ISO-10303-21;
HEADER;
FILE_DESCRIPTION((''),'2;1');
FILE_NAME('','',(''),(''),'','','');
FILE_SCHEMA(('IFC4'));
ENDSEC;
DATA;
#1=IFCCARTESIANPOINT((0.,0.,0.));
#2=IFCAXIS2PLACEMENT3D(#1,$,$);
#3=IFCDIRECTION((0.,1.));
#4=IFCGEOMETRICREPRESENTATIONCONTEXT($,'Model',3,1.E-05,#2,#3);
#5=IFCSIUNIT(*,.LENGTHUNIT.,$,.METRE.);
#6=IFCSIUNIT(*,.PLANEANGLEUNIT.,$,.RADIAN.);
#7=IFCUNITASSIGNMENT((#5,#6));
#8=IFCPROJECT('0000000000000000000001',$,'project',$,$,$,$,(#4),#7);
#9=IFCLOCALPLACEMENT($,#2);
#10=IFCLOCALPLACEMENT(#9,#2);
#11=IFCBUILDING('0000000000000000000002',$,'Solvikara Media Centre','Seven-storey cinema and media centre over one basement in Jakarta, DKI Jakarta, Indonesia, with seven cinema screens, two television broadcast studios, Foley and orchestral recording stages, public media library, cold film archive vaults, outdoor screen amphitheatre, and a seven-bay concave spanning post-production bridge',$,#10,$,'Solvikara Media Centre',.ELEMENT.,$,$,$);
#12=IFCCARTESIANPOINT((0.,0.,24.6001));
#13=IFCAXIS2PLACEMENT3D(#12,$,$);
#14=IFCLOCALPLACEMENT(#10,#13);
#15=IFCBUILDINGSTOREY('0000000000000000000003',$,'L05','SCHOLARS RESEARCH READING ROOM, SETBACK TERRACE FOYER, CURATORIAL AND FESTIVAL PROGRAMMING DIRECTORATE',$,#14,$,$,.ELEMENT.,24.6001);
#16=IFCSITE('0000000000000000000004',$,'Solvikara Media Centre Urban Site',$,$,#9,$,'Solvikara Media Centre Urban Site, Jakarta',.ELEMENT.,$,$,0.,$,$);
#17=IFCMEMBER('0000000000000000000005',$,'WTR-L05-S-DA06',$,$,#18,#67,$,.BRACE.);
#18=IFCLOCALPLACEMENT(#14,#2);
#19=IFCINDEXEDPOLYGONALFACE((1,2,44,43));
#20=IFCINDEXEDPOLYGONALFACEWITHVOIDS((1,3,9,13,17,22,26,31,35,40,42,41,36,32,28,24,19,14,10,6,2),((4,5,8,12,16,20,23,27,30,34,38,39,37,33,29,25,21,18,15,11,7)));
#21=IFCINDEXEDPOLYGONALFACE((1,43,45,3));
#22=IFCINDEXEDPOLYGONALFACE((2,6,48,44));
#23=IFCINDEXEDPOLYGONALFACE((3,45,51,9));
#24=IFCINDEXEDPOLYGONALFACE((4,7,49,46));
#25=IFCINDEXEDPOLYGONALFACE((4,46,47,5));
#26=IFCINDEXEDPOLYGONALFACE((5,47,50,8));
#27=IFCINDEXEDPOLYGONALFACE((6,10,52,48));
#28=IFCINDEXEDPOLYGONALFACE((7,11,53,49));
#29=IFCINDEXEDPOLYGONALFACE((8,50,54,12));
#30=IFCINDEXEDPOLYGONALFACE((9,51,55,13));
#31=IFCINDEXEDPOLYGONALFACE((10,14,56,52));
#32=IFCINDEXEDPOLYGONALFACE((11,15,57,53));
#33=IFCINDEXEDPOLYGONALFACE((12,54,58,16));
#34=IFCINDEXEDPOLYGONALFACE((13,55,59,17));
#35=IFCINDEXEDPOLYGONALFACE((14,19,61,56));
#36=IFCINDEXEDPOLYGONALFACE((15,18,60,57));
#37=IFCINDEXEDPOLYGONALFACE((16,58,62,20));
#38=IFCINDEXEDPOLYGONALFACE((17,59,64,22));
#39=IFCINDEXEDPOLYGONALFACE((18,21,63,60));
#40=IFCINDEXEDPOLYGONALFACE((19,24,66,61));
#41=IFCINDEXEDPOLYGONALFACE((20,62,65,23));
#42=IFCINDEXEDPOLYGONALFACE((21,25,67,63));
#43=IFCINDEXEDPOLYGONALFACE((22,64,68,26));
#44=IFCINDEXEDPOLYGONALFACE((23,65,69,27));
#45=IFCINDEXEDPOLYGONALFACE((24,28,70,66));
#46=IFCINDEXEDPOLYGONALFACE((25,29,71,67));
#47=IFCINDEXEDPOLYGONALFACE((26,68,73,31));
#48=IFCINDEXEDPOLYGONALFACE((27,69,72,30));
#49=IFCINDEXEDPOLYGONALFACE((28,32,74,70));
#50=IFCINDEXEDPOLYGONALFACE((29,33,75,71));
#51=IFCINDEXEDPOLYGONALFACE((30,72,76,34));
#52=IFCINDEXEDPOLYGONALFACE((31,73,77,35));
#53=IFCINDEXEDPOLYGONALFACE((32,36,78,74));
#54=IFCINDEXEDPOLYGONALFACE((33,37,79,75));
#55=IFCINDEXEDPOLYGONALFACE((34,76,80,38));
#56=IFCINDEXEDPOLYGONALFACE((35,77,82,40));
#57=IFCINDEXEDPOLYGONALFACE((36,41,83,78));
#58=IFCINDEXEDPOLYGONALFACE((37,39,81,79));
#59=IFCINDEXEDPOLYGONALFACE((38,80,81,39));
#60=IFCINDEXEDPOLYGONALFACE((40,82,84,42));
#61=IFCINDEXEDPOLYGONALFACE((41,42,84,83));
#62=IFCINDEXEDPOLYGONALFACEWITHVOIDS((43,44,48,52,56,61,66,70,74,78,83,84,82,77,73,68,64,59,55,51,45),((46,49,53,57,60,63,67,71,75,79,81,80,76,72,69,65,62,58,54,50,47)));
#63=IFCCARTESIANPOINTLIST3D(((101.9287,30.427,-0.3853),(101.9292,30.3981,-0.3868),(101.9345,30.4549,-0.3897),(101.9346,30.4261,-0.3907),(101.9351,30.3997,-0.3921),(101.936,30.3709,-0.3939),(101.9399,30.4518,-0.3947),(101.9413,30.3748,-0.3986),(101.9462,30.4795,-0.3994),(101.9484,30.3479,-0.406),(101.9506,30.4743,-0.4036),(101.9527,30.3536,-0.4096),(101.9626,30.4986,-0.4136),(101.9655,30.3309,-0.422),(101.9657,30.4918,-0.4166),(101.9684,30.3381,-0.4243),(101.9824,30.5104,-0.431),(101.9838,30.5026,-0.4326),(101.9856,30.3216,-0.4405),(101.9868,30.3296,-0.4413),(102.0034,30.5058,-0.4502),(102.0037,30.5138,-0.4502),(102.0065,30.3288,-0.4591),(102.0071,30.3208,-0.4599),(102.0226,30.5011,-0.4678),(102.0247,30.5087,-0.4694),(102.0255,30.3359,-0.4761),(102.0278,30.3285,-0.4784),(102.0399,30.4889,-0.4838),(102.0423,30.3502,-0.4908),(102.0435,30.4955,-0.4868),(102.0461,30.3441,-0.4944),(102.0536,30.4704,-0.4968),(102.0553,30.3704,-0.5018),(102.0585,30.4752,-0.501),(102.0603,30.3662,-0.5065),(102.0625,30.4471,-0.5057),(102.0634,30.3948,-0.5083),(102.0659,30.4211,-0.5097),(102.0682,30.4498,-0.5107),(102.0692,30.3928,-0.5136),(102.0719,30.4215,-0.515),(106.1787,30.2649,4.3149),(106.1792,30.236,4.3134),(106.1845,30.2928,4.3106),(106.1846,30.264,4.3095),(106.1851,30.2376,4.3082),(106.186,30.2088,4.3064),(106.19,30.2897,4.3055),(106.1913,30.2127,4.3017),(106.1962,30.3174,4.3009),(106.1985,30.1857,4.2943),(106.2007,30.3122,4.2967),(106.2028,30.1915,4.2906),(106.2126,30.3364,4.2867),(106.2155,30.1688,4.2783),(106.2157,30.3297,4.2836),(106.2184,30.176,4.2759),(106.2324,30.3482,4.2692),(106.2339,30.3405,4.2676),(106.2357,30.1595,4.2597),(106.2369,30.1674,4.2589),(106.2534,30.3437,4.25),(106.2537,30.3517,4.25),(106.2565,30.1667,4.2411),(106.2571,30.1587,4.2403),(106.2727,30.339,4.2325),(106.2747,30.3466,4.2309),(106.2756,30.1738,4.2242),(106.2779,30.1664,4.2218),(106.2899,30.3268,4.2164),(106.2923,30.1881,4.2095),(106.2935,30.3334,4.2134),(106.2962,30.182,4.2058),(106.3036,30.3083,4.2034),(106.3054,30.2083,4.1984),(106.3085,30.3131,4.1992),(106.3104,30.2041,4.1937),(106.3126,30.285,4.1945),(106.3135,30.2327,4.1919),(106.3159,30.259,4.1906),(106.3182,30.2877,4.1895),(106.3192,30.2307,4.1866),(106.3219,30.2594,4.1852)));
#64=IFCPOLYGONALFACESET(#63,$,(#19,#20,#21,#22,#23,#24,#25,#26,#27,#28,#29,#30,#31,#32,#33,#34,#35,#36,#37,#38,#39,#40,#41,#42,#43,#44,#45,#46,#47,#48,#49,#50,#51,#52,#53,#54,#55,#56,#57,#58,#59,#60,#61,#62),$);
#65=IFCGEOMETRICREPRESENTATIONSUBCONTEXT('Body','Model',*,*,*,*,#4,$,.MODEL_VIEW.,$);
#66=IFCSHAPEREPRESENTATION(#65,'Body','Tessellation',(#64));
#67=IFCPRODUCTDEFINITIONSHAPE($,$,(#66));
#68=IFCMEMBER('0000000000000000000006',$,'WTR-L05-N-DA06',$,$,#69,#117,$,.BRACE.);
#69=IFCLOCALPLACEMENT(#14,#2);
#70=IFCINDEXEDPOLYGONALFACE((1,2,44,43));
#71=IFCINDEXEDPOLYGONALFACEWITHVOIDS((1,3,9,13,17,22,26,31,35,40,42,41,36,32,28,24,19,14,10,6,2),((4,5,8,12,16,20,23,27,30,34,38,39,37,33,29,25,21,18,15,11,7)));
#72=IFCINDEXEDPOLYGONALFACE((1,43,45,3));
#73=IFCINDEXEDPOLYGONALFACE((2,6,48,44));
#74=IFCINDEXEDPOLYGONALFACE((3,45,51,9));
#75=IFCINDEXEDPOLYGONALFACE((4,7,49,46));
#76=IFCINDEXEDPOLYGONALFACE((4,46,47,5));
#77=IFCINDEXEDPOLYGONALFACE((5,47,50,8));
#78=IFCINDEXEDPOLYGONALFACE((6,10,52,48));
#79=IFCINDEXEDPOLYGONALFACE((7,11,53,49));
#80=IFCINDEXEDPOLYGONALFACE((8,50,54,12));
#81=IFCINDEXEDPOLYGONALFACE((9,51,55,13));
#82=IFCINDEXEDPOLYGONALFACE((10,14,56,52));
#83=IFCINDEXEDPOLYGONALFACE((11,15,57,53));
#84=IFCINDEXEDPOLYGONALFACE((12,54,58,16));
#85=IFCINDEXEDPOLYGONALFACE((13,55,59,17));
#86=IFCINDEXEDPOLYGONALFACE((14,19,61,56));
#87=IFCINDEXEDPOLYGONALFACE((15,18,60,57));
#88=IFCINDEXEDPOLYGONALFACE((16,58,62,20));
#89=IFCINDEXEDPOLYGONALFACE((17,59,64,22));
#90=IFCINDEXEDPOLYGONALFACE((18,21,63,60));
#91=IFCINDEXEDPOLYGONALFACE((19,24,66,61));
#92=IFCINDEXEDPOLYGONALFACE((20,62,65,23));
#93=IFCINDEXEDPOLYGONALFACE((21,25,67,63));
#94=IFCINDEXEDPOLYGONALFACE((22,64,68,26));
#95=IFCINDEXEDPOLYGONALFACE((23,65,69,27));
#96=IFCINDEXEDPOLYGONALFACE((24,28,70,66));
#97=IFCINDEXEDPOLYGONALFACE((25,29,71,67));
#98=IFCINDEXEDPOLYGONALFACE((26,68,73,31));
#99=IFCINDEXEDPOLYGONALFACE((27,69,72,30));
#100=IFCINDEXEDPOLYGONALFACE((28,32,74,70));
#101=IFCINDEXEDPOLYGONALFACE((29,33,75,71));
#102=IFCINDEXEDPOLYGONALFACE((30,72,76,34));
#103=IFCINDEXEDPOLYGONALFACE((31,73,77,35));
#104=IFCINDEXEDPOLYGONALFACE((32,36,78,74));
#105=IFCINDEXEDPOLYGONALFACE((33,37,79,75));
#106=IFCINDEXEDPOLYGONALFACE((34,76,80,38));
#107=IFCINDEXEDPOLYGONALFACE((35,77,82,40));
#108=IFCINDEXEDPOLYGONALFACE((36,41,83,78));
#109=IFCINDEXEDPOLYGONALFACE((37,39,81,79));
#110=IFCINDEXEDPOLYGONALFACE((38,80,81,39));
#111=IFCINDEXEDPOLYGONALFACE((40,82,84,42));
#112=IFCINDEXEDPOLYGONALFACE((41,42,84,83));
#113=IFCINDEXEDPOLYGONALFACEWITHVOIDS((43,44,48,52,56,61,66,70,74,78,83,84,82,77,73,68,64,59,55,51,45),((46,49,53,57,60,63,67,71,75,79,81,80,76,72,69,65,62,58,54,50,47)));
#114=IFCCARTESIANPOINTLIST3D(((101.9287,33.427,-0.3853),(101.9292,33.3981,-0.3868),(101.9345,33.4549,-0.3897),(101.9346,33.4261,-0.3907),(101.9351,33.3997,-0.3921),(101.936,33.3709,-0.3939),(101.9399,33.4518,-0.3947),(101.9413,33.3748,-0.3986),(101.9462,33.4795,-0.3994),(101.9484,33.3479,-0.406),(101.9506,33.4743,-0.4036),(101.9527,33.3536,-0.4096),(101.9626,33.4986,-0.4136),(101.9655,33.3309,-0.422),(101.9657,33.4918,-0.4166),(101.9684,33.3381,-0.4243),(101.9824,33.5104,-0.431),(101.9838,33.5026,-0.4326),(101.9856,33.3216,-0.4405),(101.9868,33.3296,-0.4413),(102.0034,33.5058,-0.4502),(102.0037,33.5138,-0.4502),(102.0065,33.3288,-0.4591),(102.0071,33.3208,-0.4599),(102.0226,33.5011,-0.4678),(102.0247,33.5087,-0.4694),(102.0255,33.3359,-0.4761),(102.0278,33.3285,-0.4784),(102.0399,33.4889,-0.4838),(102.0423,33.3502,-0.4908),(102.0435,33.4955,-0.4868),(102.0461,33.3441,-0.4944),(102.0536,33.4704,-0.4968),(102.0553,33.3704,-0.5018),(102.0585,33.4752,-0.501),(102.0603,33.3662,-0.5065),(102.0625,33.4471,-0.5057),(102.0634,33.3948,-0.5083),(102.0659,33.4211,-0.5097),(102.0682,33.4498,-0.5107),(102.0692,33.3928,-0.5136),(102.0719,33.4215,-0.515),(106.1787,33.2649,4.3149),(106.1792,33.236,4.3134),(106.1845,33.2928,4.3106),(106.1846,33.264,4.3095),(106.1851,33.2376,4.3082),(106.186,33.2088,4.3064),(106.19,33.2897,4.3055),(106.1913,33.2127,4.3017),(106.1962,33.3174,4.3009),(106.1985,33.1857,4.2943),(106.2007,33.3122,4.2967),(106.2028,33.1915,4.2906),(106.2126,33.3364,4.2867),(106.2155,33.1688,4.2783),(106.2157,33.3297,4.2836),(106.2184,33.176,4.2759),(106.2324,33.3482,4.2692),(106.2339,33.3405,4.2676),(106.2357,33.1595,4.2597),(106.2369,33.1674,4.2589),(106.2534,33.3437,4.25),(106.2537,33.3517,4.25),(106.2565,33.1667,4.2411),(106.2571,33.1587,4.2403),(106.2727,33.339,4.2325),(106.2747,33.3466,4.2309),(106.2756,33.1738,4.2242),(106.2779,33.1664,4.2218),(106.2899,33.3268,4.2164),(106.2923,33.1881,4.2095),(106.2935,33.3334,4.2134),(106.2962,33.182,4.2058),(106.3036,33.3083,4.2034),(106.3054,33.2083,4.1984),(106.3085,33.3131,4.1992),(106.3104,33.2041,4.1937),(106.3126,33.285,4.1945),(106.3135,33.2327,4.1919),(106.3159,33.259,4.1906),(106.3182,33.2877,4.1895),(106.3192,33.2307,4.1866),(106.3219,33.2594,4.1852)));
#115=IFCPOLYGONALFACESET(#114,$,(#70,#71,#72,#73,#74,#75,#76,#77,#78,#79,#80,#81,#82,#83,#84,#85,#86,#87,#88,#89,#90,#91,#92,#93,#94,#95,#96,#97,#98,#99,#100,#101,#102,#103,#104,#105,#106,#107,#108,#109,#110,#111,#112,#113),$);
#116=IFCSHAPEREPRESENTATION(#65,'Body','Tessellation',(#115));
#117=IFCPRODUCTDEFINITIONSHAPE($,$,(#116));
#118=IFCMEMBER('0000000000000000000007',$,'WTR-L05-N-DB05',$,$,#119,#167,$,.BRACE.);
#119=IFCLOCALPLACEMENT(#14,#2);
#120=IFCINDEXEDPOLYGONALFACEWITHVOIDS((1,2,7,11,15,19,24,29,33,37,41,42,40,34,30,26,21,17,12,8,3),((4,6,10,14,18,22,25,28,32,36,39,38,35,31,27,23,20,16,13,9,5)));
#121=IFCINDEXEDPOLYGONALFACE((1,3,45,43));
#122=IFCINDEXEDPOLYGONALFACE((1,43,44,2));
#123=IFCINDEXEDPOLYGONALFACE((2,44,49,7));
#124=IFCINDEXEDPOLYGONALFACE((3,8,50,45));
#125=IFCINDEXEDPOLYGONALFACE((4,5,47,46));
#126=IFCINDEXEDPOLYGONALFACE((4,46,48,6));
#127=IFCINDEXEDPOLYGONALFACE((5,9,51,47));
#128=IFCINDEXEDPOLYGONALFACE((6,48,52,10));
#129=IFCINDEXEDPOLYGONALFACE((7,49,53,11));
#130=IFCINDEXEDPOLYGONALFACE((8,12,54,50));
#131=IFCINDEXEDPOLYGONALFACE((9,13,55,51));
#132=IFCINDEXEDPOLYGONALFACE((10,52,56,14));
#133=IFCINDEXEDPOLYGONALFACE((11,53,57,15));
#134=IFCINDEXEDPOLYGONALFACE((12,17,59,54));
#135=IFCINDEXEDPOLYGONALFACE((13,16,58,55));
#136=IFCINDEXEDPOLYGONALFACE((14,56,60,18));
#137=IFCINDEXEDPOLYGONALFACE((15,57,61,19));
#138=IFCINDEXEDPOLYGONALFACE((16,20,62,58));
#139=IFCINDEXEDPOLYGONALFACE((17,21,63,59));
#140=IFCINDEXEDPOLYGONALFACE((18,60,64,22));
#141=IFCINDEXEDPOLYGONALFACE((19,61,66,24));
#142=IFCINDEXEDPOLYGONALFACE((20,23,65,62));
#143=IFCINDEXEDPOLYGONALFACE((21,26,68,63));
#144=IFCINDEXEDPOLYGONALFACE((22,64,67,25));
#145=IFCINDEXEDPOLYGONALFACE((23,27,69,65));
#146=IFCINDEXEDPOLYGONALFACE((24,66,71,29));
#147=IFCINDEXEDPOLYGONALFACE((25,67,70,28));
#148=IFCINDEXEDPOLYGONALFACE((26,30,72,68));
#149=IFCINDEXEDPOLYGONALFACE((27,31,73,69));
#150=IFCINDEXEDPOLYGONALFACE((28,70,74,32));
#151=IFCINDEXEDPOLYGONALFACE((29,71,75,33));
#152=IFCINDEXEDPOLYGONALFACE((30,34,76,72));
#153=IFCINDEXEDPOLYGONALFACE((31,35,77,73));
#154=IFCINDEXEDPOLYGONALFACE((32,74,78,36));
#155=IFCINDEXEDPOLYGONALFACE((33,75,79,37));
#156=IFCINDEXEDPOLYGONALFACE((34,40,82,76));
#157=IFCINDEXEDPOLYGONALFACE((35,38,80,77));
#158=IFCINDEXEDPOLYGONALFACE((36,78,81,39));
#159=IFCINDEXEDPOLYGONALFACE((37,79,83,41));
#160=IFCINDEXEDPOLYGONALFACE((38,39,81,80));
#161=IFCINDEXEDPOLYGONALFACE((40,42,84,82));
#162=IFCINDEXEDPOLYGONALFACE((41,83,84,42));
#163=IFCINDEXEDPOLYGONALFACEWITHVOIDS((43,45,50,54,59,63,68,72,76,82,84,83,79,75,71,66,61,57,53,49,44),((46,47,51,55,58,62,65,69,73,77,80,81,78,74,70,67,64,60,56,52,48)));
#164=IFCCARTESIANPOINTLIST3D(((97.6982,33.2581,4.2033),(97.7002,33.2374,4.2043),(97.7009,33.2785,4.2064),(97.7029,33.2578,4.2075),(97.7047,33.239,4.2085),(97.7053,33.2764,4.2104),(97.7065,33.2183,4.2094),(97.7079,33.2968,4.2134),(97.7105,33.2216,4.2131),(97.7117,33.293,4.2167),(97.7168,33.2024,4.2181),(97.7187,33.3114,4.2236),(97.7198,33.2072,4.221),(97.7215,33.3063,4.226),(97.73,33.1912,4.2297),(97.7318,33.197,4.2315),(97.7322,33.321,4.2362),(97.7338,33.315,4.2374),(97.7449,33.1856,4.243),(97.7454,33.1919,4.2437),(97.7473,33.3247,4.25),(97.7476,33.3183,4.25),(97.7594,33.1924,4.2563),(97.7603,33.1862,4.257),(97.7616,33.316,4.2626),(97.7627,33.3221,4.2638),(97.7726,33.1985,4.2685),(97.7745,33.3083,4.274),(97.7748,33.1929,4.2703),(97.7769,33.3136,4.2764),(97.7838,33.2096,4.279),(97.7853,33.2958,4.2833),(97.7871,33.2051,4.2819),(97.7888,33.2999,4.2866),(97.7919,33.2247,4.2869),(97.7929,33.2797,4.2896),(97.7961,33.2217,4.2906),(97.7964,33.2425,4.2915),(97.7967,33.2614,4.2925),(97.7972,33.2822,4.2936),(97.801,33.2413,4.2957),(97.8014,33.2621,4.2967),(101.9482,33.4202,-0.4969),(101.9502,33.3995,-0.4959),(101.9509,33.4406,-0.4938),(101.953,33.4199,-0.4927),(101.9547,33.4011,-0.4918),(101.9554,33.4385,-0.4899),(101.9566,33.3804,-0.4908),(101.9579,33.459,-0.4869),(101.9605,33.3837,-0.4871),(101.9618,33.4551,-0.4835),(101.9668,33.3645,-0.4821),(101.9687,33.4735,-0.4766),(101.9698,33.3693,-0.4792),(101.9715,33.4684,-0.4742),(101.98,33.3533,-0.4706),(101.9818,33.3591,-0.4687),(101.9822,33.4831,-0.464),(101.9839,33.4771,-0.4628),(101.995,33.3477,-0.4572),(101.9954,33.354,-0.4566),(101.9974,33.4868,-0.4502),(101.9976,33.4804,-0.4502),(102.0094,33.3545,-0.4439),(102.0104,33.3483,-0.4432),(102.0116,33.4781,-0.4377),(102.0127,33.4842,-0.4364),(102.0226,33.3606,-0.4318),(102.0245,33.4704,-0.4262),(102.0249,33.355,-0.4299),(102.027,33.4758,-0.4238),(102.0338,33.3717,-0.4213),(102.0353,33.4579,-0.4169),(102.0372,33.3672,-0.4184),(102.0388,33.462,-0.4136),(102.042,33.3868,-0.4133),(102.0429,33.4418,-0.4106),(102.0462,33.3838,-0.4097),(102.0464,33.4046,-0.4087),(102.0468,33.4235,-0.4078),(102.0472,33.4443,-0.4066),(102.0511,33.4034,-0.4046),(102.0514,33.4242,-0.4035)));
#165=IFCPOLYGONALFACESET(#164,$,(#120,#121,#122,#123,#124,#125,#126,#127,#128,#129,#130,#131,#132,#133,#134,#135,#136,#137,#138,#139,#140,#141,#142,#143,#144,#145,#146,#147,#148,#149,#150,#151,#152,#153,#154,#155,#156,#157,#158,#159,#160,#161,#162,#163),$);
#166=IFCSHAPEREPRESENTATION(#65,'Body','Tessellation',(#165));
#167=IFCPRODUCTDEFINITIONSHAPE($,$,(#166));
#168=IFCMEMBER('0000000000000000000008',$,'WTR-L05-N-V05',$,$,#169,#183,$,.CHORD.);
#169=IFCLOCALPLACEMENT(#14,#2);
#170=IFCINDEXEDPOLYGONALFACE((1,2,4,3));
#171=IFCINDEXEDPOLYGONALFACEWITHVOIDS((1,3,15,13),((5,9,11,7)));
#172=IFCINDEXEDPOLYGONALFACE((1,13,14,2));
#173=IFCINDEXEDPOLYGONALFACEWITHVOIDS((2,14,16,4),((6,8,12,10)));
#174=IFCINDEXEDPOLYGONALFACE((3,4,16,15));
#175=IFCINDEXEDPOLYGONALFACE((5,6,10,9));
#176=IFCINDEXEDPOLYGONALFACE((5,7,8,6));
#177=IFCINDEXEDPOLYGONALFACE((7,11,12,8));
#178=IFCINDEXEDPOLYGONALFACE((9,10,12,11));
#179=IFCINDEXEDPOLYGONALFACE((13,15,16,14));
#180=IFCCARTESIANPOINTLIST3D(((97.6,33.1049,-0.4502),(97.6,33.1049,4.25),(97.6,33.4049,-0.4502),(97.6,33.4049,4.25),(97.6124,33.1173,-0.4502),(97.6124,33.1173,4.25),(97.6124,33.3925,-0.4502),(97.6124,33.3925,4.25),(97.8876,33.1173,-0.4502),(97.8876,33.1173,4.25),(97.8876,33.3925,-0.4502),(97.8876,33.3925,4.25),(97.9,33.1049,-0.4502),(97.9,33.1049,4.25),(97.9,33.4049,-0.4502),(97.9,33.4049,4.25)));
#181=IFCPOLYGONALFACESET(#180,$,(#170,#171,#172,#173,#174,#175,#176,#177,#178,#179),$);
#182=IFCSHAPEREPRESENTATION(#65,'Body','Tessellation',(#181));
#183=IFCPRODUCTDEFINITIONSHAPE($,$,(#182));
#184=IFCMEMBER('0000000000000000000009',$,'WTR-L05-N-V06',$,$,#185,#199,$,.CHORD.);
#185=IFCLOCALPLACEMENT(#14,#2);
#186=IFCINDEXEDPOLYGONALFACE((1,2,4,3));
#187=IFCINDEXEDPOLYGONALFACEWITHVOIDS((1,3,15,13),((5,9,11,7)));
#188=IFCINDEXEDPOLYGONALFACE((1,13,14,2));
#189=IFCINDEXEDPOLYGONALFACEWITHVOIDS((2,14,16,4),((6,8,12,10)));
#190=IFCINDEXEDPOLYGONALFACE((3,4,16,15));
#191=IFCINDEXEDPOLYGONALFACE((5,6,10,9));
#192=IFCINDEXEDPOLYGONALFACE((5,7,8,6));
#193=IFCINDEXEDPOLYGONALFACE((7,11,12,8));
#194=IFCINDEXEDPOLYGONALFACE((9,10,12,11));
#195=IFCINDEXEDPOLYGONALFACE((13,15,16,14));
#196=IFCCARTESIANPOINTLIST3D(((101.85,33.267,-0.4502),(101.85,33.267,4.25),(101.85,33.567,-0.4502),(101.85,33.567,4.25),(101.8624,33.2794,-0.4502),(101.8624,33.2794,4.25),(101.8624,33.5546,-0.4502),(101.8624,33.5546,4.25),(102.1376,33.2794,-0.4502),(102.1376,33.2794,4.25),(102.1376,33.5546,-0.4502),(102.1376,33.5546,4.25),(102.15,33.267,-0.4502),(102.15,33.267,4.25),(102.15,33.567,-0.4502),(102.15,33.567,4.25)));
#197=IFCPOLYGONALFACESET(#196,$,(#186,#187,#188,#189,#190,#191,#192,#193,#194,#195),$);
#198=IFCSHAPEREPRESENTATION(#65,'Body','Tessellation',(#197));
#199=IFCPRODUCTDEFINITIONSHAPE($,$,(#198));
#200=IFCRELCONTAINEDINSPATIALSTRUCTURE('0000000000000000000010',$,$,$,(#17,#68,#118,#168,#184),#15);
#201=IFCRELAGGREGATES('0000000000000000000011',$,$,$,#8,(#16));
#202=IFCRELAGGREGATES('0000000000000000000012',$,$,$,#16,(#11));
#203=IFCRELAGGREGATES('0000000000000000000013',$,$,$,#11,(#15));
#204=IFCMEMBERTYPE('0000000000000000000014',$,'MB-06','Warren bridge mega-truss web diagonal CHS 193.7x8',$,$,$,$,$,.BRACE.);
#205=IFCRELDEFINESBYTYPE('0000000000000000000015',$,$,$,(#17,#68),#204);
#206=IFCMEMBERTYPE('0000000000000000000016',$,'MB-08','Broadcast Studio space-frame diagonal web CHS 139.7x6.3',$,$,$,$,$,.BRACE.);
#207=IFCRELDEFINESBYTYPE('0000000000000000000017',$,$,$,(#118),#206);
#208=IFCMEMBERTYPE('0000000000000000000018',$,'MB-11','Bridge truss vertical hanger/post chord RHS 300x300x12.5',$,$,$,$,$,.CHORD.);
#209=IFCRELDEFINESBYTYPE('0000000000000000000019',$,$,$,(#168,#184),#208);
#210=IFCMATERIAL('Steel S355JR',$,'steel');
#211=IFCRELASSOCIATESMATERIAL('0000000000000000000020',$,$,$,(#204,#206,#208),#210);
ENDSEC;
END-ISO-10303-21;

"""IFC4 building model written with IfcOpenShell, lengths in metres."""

from ifc_helpers import new_model, si_unit, direction, frame, origin, origin_2d, place, context, subcontext, project, spatial, hollow_rectangle, hollow_circle, extrude, material, material_profile, profile_set, type_object, element, save


model = new_model("IFC4")

# Units and contexts
model_context = context("Model", 3, precision=1e-05, world=origin(), true_north=direction((0.0, 1.0)))
body_context = subcontext(model_context, "Body", "Model", "MODEL_VIEW")
ifc_project = project(units=[si_unit("LENGTHUNIT", "METRE"), si_unit("PLANEANGLEUNIT", "RADIAN")], contexts=[model_context])

# Site, building, storey
site_placement = place(None, origin())
site = spatial("IfcSite", under=ifc_project, at=site_placement, Name="Solvikara Media Centre Urban Site", LongName="Solvikara Media Centre Urban Site, Jakarta", CompositionType="ELEMENT", RefElevation=0.0)
building_placement = place(site_placement, origin())
building = spatial("IfcBuilding", under=site, at=building_placement, Name="Solvikara Media Centre", Description="Seven-storey cinema and media centre over one basement in Jakarta, DKI Jakarta, Indonesia, with seven cinema screens, two television broadcast studios, Foley and orchestral recording stages, public media library, cold film archive vaults, outdoor screen amphitheatre, and a seven-bay concave spanning post-production bridge", LongName="Solvikara Media Centre", CompositionType="ELEMENT")
storey_placement = place(building_placement, frame((0.0, 0.0, 24.6001)))
storey = spatial("IfcBuildingStorey", under=building, at=storey_placement, Name="L05", Description="SCHOLARS RESEARCH READING ROOM, SETBACK TERRACE FOYER, CURATORIAL AND FESTIVAL PROGRAMMING DIRECTORATE", CompositionType="ELEMENT", Elevation=24.6001)

# Shared definitions
ifc_material_1 = material(Name="Steel S355JR", Category="steel")

# Members
ifc_material_profile_1 = material_profile(ifc_material_1, hollow_circle(Radius=0.0969, WallThickness=0.0081, at=origin_2d()), Name="CHS 193.7x8")
ifc_profile_set_1 = profile_set([ifc_material_profile_1], Name="Steel S355JR")
member_type_1 = type_object("IfcMemberType", Name="MB-06", Description="Warren bridge mega-truss web diagonal CHS 193.7x8", PredefinedType="BRACE", material=ifc_profile_set_1)
for number, where, z_axis, x_axis, name in (
    (1, (102.0, 30.417, -0.4502), (0.670472, -0.025574, 0.741494), (0.038116, 0.999273, 0.0), "WTR-L05-S-DA06"),
    (2, (102.0, 33.417, -0.4502), (0.670472, -0.025574, 0.741494), (0.038116, 0.999273, 0.0), "WTR-L05-N-DA06"),
):
    element("IfcMember", number, at=place(storey_placement, frame(where, z_axis=z_axis, x_axis=x_axis)), inside=storey, type_object=member_type_1, Name=name, PredefinedType="BRACE", context=body_context, shape_type="SweptSolid", body=[
        extrude(hollow_circle(Radius=0.0969, WallThickness=0.0081, at=origin_2d()), origin(), (0.0, 0.0, 1.0), 6.3389),
    ])
ifc_material_profile_2 = material_profile(ifc_material_1, hollow_circle(Radius=0.0698, WallThickness=0.0063, at=origin_2d()), Name="CHS 139.7x6.3")
ifc_profile_set_2 = profile_set([ifc_material_profile_2], Name="Steel S355JR")
member_type_2 = type_object("IfcMemberType", Name="MB-08", Description="Broadcast Studio space-frame diagonal web CHS 139.7x6.3", PredefinedType="BRACE", material=ifc_profile_set_2)
member_1_placement = place(storey_placement, frame((97.75, 33.2549, 4.25), z_axis=(0.670472, 0.025574, -0.741494), x_axis=(-0.038116, 0.999273, 0.0)))
element("IfcMember", 3, at=member_1_placement, inside=storey, type_object=member_type_2, Name="WTR-L05-N-DB05", PredefinedType="BRACE", context=body_context, shape_type="SweptSolid", body=[
    extrude(hollow_circle(Radius=0.0698, WallThickness=0.0063, at=origin_2d()), origin(), (0.0, 0.0, 1.0), 6.3389),
])
ifc_material_profile_3 = material_profile(ifc_material_1, hollow_rectangle(XDim=0.3, YDim=0.3, WallThickness=0.0125, at=origin_2d()), Name="RHS 300x300x12.5")
ifc_profile_set_3 = profile_set([ifc_material_profile_3], Name="Steel S355JR")
member_type_3 = type_object("IfcMemberType", Name="MB-11", Description="Bridge truss vertical hanger/post chord RHS 300x300x12.5", PredefinedType="CHORD", material=ifc_profile_set_3)
for number, where, z_axis, x_axis, name in (
    (4, (97.75, 33.2549, -0.4502), (0.0, 0.0, 1.0), (1.0, 0.0, 0.0), "WTR-L05-N-V05"),
    (5, (102.0, 33.417, -0.4502), (0.0, 0.0, 1.0), (1.0, 0.0, 0.0), "WTR-L05-N-V06"),
):
    element("IfcMember", number, at=place(storey_placement, frame(where, z_axis=z_axis, x_axis=x_axis)), inside=storey, type_object=member_type_3, Name=name, PredefinedType="CHORD", context=body_context, shape_type="SweptSolid", body=[
        extrude(hollow_rectangle(XDim=0.3, YDim=0.3, WallThickness=0.0125, at=origin_2d()), origin(), (0.0, 0.0, 1.0), 4.7002),
    ])

save(model, "model.ifc")
